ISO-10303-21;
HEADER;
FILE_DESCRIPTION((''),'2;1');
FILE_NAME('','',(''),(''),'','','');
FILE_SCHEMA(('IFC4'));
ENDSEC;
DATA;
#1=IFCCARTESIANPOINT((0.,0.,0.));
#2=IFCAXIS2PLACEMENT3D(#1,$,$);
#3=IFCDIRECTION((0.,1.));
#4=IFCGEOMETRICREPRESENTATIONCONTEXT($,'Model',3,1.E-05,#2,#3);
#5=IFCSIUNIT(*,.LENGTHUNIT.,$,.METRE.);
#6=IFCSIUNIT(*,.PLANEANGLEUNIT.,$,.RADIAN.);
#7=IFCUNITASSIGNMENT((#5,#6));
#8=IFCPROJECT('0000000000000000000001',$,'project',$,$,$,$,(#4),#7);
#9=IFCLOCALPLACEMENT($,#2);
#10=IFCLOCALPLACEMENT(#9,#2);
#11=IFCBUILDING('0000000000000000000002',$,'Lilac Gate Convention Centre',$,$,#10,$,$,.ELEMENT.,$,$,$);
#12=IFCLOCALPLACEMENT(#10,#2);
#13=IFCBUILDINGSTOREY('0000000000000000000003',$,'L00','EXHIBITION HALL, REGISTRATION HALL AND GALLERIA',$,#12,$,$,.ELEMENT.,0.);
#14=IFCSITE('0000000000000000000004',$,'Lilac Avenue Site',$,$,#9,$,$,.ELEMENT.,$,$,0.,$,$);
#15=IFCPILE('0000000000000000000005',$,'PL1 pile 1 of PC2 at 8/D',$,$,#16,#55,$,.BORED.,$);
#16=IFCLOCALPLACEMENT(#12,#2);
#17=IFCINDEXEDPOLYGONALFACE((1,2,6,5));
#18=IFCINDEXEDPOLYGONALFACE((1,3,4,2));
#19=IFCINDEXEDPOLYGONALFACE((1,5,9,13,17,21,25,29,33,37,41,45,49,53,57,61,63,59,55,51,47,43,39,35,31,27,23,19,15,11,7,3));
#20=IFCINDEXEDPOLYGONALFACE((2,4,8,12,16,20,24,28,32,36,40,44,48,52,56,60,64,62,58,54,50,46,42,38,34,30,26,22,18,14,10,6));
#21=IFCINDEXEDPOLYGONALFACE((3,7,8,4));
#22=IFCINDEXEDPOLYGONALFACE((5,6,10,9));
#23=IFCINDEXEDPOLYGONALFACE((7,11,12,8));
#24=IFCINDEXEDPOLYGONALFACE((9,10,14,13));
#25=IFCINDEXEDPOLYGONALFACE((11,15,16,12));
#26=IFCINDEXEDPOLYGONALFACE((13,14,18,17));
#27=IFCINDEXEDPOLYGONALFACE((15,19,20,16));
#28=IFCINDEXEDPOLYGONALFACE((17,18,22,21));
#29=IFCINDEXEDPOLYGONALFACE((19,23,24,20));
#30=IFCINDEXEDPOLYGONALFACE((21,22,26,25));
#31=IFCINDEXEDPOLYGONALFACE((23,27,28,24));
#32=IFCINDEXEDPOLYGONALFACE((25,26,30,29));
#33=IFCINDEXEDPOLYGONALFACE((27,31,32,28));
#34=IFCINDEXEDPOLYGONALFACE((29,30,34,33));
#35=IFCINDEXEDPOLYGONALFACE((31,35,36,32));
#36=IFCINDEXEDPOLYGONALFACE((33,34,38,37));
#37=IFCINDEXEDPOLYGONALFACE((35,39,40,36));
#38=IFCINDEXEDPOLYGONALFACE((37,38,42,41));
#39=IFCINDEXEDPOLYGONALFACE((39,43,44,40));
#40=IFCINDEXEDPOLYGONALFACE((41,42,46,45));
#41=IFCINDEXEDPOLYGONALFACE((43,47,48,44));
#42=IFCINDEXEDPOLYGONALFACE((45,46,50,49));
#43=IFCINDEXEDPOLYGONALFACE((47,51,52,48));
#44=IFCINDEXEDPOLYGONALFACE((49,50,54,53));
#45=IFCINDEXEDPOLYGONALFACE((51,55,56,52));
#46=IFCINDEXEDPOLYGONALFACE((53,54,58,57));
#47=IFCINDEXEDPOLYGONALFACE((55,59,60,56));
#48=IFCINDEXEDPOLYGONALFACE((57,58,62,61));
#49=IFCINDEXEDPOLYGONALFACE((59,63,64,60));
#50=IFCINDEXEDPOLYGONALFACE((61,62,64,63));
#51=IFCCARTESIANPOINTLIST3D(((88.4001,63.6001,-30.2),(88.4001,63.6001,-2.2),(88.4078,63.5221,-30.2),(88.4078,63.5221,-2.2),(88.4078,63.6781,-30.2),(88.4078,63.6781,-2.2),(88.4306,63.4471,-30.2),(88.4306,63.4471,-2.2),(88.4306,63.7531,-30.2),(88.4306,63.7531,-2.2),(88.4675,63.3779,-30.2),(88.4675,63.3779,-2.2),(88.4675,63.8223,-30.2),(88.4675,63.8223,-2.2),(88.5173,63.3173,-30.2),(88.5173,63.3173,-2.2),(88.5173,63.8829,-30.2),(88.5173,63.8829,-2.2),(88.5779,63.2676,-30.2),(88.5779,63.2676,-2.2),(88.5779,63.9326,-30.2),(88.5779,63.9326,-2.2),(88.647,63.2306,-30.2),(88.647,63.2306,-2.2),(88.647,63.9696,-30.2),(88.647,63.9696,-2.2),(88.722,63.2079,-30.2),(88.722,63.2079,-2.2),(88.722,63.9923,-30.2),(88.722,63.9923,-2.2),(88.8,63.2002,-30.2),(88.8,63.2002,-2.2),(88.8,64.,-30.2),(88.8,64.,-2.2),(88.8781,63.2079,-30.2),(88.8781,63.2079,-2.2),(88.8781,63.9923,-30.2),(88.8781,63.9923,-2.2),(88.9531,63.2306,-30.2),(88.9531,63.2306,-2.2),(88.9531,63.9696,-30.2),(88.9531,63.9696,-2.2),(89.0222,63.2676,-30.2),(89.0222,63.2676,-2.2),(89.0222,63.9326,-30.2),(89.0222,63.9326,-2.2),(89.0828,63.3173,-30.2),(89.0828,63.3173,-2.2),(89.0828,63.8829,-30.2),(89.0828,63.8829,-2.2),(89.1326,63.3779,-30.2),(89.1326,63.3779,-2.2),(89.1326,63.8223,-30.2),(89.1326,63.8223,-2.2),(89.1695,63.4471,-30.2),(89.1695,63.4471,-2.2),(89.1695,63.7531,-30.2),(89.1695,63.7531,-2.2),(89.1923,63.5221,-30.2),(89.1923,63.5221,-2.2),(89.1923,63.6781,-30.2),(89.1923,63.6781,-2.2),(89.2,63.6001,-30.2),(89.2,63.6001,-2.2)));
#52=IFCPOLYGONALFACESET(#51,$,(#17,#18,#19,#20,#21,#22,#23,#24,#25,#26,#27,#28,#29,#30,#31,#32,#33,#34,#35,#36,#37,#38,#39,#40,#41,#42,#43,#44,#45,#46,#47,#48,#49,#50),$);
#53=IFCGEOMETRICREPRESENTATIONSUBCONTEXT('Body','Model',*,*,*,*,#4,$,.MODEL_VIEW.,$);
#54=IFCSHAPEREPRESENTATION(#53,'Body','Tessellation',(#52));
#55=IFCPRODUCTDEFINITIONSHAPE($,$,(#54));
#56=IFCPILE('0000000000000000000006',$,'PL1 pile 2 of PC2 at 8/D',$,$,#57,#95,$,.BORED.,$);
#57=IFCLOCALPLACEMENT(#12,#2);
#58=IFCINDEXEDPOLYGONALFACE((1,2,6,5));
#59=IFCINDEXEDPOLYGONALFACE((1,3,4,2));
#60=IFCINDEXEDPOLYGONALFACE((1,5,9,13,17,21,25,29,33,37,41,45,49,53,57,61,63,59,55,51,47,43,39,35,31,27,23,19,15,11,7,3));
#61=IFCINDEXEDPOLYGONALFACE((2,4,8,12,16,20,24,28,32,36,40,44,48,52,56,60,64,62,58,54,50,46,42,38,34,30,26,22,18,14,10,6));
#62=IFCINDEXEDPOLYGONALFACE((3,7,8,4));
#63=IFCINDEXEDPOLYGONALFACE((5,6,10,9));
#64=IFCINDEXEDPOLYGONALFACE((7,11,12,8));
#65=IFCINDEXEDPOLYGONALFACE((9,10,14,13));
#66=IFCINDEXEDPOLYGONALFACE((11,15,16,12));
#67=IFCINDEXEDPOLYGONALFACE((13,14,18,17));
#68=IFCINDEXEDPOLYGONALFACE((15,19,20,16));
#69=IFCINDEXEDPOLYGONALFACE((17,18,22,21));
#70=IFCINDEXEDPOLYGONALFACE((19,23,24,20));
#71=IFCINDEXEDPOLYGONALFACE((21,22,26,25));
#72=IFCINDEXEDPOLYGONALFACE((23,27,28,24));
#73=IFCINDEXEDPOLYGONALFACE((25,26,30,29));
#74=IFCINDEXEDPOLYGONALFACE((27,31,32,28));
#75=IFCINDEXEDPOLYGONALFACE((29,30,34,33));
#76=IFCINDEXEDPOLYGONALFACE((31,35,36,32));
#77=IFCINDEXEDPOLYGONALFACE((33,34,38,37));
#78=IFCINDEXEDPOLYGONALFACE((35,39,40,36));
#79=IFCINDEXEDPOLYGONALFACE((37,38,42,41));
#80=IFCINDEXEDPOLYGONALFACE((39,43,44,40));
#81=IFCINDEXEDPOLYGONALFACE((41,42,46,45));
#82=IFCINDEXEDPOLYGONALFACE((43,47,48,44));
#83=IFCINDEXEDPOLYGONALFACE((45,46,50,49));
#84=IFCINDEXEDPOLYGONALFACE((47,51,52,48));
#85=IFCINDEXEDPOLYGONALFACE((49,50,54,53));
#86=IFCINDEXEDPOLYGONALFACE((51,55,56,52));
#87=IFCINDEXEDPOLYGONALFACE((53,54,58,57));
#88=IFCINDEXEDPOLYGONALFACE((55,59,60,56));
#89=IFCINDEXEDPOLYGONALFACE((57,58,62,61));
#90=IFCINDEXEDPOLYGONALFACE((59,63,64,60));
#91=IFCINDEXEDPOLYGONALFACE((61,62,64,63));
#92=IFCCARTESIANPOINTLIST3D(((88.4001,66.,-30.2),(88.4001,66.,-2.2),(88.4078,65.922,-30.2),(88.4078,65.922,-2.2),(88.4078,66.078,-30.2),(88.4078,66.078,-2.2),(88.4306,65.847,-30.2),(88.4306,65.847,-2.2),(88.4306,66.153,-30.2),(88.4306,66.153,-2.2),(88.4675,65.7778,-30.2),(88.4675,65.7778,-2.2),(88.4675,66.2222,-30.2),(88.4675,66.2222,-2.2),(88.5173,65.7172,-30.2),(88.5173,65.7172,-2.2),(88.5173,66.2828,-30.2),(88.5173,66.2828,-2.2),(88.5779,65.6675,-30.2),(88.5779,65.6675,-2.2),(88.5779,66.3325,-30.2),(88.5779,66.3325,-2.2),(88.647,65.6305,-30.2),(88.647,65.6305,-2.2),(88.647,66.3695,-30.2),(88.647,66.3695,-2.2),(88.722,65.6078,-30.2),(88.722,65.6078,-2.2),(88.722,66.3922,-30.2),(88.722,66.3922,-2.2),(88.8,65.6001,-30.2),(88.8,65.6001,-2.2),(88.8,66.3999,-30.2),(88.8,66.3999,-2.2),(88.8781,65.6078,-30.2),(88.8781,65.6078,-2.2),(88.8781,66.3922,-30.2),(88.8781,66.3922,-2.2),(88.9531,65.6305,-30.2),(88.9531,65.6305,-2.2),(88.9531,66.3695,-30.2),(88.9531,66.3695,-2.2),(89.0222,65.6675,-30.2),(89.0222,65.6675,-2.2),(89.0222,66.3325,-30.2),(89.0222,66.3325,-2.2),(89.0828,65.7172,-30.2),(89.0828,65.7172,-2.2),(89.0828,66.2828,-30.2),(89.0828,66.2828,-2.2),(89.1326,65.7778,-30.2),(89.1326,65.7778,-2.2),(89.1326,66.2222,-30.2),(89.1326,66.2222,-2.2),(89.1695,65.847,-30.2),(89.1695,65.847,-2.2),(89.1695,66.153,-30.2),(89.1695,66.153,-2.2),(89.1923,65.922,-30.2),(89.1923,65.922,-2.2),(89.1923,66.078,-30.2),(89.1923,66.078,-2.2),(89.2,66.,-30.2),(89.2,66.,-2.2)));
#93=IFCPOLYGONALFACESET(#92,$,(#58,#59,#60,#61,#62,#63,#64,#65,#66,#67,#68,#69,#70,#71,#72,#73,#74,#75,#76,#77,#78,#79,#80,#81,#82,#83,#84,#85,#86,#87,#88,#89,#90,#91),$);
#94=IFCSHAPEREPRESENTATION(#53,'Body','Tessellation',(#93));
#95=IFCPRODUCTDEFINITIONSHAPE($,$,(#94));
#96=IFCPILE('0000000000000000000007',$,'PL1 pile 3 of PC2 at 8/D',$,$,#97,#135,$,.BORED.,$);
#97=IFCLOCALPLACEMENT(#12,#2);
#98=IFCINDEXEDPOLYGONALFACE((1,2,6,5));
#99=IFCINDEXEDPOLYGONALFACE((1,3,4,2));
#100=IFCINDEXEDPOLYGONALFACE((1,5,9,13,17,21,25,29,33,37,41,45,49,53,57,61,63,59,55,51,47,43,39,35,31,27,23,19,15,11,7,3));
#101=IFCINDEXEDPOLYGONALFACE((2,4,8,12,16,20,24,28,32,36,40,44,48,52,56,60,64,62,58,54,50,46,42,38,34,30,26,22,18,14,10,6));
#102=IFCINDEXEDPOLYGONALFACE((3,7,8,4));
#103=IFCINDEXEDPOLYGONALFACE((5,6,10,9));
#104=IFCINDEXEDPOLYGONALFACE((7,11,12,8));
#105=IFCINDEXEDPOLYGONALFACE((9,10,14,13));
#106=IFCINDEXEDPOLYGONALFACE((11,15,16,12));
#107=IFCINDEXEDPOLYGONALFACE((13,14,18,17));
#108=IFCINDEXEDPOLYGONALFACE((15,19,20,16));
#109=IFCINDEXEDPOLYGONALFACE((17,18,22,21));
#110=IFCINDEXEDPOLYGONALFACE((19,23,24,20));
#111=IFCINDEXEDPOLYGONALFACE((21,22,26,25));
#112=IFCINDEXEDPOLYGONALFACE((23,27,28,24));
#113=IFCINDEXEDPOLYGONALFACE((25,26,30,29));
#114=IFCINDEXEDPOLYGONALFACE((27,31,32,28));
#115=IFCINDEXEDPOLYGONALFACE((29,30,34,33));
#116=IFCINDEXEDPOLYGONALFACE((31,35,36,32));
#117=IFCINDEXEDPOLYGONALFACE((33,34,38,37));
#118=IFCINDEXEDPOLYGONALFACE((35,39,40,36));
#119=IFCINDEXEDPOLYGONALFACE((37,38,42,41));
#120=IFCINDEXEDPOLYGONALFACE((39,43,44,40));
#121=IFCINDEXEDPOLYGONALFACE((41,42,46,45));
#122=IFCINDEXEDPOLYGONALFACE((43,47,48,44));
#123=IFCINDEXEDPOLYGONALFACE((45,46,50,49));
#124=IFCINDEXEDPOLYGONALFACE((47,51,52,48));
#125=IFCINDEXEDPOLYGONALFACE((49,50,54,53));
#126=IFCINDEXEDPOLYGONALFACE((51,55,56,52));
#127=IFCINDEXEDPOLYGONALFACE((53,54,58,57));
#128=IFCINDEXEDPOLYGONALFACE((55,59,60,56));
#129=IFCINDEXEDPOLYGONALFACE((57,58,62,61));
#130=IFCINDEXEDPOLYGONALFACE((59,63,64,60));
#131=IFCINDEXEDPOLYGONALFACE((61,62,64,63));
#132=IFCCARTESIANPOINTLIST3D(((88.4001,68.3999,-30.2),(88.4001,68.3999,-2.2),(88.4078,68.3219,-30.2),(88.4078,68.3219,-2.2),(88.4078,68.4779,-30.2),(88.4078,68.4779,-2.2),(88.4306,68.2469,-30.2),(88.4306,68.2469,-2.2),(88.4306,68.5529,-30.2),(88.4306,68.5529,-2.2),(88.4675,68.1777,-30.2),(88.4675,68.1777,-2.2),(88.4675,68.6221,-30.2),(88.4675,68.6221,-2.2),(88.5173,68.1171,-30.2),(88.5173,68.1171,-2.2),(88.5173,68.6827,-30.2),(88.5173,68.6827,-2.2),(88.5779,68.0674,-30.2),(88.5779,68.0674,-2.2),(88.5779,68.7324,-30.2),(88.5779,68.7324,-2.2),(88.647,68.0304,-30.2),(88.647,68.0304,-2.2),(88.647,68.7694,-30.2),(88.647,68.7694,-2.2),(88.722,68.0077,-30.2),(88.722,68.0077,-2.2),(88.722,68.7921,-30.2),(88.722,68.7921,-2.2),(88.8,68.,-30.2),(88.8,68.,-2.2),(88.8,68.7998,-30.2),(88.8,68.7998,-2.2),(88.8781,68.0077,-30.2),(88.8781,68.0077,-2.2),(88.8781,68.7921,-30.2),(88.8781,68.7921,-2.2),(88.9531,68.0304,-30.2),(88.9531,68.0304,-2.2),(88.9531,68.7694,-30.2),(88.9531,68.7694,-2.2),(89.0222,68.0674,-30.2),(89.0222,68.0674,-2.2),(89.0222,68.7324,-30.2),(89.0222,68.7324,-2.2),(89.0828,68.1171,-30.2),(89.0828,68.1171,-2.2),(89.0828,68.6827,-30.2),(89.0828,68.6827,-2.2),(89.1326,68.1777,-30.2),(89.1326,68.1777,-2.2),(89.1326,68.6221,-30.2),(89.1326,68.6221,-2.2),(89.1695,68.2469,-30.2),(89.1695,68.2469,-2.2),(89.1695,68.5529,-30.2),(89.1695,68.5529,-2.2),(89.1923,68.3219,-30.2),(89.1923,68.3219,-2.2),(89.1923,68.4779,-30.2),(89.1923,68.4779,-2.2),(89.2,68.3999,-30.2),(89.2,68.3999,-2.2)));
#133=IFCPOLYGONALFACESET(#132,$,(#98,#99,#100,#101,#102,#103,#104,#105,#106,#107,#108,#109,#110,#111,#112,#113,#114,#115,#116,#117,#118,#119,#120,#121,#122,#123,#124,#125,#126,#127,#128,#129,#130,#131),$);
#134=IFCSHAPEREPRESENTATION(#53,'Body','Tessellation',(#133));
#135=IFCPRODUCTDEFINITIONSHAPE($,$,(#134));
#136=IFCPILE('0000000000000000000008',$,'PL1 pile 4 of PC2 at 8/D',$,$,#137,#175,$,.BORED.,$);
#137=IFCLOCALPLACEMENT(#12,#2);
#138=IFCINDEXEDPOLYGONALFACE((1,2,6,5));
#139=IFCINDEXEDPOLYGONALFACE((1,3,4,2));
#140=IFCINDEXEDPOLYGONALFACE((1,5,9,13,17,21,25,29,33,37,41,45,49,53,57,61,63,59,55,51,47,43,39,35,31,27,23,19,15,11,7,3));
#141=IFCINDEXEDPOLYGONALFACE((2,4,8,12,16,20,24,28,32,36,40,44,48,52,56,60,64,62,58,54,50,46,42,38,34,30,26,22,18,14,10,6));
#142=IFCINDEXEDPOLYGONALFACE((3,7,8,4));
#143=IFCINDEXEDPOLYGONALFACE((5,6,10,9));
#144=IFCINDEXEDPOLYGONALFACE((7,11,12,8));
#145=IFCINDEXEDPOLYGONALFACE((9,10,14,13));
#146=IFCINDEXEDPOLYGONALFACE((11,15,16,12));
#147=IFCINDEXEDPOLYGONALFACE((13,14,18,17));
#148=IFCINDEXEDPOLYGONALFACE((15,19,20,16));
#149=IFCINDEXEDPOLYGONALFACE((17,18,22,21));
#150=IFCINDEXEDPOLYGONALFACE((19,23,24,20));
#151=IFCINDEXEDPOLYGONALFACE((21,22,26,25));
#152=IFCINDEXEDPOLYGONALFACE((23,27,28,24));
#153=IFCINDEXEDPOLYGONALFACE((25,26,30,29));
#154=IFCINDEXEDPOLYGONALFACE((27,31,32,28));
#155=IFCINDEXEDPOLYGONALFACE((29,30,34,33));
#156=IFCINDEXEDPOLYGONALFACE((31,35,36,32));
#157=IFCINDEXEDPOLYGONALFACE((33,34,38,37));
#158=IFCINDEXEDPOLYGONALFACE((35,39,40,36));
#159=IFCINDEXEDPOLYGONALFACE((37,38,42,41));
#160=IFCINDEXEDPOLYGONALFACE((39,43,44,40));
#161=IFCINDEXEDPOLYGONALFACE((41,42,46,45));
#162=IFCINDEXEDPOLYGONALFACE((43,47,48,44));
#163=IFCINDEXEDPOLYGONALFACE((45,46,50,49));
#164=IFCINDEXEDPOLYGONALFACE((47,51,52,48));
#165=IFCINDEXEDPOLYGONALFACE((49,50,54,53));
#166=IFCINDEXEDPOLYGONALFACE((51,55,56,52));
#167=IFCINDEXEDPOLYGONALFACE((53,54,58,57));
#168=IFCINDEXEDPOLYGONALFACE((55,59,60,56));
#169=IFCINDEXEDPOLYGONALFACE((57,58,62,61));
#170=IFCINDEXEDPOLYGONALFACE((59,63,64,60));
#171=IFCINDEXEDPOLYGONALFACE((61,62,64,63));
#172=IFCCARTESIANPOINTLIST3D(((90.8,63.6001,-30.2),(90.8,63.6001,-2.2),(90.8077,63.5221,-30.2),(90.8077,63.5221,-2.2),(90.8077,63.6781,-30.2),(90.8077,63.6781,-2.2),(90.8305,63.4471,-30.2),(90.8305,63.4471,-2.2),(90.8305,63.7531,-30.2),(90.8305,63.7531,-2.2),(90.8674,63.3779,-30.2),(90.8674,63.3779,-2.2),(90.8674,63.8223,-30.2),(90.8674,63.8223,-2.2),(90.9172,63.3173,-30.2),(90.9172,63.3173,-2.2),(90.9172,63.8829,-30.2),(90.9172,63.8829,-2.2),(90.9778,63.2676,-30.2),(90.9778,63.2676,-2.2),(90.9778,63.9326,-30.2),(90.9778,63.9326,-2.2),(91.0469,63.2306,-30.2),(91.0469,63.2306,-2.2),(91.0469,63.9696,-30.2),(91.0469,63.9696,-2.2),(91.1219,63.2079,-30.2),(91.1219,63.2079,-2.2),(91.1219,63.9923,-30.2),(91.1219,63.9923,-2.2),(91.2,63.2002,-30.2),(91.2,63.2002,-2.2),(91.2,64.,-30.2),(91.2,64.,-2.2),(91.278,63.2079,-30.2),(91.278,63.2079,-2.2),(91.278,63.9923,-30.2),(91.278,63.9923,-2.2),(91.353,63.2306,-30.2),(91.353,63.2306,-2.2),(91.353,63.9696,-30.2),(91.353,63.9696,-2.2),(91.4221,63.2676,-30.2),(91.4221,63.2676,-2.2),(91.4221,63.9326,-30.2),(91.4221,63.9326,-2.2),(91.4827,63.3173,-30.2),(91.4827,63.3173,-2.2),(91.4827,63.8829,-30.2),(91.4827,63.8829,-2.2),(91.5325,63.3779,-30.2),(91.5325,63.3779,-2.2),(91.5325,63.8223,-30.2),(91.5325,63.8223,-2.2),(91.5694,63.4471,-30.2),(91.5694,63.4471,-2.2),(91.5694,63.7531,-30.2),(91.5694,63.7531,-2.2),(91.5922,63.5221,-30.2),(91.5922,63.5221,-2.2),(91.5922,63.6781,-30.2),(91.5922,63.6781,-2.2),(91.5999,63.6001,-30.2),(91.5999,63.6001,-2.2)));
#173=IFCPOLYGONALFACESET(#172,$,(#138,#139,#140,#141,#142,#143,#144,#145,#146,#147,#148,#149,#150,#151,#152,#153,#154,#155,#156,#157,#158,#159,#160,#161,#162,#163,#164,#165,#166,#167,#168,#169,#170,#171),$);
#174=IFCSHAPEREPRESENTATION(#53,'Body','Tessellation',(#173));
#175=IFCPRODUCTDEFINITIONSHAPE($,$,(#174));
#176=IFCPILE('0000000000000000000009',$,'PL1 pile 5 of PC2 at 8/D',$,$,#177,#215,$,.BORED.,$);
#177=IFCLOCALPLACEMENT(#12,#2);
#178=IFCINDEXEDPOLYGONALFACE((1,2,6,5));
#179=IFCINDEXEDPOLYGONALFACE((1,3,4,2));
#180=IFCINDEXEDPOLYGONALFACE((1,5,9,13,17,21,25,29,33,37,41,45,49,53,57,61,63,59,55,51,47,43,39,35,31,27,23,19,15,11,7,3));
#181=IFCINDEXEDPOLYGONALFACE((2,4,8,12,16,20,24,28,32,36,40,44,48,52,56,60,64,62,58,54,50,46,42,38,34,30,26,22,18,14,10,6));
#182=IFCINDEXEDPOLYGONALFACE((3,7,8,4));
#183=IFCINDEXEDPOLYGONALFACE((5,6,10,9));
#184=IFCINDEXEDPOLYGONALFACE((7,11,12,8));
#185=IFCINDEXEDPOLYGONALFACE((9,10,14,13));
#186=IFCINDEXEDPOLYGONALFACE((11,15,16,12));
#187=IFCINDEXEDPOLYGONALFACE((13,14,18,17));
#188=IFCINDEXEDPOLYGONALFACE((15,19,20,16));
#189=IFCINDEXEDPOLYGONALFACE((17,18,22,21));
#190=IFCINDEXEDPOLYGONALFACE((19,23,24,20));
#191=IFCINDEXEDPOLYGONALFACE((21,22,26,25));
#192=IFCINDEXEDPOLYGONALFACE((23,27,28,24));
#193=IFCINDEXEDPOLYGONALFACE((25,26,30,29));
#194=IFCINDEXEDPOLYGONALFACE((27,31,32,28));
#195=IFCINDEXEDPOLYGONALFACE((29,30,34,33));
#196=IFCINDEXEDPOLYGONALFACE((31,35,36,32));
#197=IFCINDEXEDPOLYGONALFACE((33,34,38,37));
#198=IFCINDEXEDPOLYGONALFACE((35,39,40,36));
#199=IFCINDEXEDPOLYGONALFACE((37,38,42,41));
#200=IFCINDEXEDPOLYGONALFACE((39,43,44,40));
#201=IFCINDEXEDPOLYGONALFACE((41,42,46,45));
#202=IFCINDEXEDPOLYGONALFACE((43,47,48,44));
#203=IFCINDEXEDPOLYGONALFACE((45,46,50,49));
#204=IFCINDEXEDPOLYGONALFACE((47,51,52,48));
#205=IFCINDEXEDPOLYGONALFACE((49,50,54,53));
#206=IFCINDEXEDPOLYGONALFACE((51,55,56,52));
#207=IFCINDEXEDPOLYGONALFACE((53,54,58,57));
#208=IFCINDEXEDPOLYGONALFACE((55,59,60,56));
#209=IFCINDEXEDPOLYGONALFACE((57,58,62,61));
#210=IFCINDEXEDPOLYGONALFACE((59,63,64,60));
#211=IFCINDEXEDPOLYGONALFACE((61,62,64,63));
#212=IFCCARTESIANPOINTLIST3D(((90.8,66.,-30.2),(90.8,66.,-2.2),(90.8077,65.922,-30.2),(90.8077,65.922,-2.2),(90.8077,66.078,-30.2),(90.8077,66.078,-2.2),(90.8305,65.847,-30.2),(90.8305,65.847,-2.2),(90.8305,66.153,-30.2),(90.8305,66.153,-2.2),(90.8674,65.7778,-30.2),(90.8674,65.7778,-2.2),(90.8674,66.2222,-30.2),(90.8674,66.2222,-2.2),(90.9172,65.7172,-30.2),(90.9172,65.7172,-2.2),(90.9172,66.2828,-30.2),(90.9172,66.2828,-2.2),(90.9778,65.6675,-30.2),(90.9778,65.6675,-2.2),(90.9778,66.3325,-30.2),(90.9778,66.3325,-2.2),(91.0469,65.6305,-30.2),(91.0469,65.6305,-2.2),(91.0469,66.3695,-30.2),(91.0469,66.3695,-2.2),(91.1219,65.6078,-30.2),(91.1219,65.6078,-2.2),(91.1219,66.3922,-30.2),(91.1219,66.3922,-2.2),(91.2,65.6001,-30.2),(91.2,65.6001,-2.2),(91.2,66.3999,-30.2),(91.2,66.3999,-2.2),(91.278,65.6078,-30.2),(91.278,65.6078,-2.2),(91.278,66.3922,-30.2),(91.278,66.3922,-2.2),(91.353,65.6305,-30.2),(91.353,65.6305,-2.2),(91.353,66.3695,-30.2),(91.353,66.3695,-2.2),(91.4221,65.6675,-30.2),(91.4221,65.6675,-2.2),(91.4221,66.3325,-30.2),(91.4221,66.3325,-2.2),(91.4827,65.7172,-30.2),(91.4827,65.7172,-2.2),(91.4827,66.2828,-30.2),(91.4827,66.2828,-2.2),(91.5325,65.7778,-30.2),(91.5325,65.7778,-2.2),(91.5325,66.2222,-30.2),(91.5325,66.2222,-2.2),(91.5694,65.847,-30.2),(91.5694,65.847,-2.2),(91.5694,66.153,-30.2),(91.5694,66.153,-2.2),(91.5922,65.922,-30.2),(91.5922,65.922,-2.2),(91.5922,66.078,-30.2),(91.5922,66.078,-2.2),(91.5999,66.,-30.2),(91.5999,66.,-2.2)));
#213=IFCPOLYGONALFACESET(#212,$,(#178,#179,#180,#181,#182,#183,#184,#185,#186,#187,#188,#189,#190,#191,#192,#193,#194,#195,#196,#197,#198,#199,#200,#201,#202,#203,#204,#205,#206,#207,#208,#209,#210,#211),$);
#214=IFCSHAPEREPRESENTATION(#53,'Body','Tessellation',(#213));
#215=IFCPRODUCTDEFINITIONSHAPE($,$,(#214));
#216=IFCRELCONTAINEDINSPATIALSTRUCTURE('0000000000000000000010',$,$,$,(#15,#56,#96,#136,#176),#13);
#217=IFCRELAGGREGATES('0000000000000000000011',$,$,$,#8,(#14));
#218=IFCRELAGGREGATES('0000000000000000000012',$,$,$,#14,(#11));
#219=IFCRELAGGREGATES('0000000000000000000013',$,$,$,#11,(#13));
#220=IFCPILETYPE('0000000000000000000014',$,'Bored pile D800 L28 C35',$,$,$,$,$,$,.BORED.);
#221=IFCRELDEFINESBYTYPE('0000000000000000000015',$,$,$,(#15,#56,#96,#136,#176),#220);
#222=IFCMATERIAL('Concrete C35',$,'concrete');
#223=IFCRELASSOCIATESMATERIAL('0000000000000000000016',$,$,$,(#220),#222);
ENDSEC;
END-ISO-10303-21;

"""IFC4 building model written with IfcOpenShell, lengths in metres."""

from ifc_helpers import new_model, si_unit, direction, frame, origin, origin_2d, place, context, subcontext, project, spatial, circle, extrude, material, material_profile, profile_set, type_object, element, save


model = new_model("IFC4")

# Units and contexts
model_context = context("Model", 3, precision=1e-05, world=origin(), true_north=direction((0.0, 1.0)))
body_context = subcontext(model_context, "Body", "Model", "MODEL_VIEW")
ifc_project = project(units=[si_unit("LENGTHUNIT", "METRE"), si_unit("PLANEANGLEUNIT", "RADIAN")], contexts=[model_context])

# Site, building, storey
site_placement = place(None, origin())
site = spatial("IfcSite", under=ifc_project, at=site_placement, Name="Lilac Avenue Site", CompositionType="ELEMENT", RefElevation=0.0)
building_placement = place(site_placement, origin())
building = spatial("IfcBuilding", under=site, at=building_placement, Name="Lilac Gate Convention Centre", CompositionType="ELEMENT")
storey_placement = place(building_placement, origin())
storey = spatial("IfcBuildingStorey", under=building, at=storey_placement, Name="L00", Description="EXHIBITION HALL, REGISTRATION HALL AND GALLERIA", CompositionType="ELEMENT", Elevation=0.0)

# Piles
ifc_material_1 = material(Name="Concrete C35", Category="concrete")
ifc_material_profile_1 = material_profile(ifc_material_1, circle(Radius=0.3999, at=origin_2d()), Name="D800")
ifc_profile_set_1 = profile_set([ifc_material_profile_1], Name="Concrete C35")
pile_type = type_object("IfcPileType", Name="Bored pile D800 L28 C35", PredefinedType="BORED", material=ifc_profile_set_1)
for number, where, z_axis, x_axis, name in (
    (1, (88.8, 63.6001, -2.2), (0.0, 0.0, -1.0), (1.0, 0.0, 0.0), "PL1 pile 1 of PC2 at 8/D"),
    (2, (88.8, 66.0, -2.2), (0.0, 0.0, -1.0), (1.0, 0.0, 0.0), "PL1 pile 2 of PC2 at 8/D"),
    (3, (88.8, 68.3999, -2.2), (0.0, 0.0, -1.0), (1.0, 0.0, 0.0), "PL1 pile 3 of PC2 at 8/D"),
    (4, (91.2, 63.6001, -2.2), (0.0, 0.0, -1.0), (1.0, 0.0, 0.0), "PL1 pile 4 of PC2 at 8/D"),
    (5, (91.2, 66.0, -2.2), (0.0, 0.0, -1.0), (1.0, 0.0, 0.0), "PL1 pile 5 of PC2 at 8/D"),
):
    element("IfcPile", number, at=place(storey_placement, frame(where, z_axis=z_axis, x_axis=x_axis)), inside=storey, type_object=pile_type, Name=name, PredefinedType="BORED", context=body_context, shape_type="SweptSolid", body=[
        extrude(circle(Radius=0.3999, at=origin_2d()), origin(), (0.0, 0.0, 1.0), 28.0),
    ])

save(model, "model.ifc")
